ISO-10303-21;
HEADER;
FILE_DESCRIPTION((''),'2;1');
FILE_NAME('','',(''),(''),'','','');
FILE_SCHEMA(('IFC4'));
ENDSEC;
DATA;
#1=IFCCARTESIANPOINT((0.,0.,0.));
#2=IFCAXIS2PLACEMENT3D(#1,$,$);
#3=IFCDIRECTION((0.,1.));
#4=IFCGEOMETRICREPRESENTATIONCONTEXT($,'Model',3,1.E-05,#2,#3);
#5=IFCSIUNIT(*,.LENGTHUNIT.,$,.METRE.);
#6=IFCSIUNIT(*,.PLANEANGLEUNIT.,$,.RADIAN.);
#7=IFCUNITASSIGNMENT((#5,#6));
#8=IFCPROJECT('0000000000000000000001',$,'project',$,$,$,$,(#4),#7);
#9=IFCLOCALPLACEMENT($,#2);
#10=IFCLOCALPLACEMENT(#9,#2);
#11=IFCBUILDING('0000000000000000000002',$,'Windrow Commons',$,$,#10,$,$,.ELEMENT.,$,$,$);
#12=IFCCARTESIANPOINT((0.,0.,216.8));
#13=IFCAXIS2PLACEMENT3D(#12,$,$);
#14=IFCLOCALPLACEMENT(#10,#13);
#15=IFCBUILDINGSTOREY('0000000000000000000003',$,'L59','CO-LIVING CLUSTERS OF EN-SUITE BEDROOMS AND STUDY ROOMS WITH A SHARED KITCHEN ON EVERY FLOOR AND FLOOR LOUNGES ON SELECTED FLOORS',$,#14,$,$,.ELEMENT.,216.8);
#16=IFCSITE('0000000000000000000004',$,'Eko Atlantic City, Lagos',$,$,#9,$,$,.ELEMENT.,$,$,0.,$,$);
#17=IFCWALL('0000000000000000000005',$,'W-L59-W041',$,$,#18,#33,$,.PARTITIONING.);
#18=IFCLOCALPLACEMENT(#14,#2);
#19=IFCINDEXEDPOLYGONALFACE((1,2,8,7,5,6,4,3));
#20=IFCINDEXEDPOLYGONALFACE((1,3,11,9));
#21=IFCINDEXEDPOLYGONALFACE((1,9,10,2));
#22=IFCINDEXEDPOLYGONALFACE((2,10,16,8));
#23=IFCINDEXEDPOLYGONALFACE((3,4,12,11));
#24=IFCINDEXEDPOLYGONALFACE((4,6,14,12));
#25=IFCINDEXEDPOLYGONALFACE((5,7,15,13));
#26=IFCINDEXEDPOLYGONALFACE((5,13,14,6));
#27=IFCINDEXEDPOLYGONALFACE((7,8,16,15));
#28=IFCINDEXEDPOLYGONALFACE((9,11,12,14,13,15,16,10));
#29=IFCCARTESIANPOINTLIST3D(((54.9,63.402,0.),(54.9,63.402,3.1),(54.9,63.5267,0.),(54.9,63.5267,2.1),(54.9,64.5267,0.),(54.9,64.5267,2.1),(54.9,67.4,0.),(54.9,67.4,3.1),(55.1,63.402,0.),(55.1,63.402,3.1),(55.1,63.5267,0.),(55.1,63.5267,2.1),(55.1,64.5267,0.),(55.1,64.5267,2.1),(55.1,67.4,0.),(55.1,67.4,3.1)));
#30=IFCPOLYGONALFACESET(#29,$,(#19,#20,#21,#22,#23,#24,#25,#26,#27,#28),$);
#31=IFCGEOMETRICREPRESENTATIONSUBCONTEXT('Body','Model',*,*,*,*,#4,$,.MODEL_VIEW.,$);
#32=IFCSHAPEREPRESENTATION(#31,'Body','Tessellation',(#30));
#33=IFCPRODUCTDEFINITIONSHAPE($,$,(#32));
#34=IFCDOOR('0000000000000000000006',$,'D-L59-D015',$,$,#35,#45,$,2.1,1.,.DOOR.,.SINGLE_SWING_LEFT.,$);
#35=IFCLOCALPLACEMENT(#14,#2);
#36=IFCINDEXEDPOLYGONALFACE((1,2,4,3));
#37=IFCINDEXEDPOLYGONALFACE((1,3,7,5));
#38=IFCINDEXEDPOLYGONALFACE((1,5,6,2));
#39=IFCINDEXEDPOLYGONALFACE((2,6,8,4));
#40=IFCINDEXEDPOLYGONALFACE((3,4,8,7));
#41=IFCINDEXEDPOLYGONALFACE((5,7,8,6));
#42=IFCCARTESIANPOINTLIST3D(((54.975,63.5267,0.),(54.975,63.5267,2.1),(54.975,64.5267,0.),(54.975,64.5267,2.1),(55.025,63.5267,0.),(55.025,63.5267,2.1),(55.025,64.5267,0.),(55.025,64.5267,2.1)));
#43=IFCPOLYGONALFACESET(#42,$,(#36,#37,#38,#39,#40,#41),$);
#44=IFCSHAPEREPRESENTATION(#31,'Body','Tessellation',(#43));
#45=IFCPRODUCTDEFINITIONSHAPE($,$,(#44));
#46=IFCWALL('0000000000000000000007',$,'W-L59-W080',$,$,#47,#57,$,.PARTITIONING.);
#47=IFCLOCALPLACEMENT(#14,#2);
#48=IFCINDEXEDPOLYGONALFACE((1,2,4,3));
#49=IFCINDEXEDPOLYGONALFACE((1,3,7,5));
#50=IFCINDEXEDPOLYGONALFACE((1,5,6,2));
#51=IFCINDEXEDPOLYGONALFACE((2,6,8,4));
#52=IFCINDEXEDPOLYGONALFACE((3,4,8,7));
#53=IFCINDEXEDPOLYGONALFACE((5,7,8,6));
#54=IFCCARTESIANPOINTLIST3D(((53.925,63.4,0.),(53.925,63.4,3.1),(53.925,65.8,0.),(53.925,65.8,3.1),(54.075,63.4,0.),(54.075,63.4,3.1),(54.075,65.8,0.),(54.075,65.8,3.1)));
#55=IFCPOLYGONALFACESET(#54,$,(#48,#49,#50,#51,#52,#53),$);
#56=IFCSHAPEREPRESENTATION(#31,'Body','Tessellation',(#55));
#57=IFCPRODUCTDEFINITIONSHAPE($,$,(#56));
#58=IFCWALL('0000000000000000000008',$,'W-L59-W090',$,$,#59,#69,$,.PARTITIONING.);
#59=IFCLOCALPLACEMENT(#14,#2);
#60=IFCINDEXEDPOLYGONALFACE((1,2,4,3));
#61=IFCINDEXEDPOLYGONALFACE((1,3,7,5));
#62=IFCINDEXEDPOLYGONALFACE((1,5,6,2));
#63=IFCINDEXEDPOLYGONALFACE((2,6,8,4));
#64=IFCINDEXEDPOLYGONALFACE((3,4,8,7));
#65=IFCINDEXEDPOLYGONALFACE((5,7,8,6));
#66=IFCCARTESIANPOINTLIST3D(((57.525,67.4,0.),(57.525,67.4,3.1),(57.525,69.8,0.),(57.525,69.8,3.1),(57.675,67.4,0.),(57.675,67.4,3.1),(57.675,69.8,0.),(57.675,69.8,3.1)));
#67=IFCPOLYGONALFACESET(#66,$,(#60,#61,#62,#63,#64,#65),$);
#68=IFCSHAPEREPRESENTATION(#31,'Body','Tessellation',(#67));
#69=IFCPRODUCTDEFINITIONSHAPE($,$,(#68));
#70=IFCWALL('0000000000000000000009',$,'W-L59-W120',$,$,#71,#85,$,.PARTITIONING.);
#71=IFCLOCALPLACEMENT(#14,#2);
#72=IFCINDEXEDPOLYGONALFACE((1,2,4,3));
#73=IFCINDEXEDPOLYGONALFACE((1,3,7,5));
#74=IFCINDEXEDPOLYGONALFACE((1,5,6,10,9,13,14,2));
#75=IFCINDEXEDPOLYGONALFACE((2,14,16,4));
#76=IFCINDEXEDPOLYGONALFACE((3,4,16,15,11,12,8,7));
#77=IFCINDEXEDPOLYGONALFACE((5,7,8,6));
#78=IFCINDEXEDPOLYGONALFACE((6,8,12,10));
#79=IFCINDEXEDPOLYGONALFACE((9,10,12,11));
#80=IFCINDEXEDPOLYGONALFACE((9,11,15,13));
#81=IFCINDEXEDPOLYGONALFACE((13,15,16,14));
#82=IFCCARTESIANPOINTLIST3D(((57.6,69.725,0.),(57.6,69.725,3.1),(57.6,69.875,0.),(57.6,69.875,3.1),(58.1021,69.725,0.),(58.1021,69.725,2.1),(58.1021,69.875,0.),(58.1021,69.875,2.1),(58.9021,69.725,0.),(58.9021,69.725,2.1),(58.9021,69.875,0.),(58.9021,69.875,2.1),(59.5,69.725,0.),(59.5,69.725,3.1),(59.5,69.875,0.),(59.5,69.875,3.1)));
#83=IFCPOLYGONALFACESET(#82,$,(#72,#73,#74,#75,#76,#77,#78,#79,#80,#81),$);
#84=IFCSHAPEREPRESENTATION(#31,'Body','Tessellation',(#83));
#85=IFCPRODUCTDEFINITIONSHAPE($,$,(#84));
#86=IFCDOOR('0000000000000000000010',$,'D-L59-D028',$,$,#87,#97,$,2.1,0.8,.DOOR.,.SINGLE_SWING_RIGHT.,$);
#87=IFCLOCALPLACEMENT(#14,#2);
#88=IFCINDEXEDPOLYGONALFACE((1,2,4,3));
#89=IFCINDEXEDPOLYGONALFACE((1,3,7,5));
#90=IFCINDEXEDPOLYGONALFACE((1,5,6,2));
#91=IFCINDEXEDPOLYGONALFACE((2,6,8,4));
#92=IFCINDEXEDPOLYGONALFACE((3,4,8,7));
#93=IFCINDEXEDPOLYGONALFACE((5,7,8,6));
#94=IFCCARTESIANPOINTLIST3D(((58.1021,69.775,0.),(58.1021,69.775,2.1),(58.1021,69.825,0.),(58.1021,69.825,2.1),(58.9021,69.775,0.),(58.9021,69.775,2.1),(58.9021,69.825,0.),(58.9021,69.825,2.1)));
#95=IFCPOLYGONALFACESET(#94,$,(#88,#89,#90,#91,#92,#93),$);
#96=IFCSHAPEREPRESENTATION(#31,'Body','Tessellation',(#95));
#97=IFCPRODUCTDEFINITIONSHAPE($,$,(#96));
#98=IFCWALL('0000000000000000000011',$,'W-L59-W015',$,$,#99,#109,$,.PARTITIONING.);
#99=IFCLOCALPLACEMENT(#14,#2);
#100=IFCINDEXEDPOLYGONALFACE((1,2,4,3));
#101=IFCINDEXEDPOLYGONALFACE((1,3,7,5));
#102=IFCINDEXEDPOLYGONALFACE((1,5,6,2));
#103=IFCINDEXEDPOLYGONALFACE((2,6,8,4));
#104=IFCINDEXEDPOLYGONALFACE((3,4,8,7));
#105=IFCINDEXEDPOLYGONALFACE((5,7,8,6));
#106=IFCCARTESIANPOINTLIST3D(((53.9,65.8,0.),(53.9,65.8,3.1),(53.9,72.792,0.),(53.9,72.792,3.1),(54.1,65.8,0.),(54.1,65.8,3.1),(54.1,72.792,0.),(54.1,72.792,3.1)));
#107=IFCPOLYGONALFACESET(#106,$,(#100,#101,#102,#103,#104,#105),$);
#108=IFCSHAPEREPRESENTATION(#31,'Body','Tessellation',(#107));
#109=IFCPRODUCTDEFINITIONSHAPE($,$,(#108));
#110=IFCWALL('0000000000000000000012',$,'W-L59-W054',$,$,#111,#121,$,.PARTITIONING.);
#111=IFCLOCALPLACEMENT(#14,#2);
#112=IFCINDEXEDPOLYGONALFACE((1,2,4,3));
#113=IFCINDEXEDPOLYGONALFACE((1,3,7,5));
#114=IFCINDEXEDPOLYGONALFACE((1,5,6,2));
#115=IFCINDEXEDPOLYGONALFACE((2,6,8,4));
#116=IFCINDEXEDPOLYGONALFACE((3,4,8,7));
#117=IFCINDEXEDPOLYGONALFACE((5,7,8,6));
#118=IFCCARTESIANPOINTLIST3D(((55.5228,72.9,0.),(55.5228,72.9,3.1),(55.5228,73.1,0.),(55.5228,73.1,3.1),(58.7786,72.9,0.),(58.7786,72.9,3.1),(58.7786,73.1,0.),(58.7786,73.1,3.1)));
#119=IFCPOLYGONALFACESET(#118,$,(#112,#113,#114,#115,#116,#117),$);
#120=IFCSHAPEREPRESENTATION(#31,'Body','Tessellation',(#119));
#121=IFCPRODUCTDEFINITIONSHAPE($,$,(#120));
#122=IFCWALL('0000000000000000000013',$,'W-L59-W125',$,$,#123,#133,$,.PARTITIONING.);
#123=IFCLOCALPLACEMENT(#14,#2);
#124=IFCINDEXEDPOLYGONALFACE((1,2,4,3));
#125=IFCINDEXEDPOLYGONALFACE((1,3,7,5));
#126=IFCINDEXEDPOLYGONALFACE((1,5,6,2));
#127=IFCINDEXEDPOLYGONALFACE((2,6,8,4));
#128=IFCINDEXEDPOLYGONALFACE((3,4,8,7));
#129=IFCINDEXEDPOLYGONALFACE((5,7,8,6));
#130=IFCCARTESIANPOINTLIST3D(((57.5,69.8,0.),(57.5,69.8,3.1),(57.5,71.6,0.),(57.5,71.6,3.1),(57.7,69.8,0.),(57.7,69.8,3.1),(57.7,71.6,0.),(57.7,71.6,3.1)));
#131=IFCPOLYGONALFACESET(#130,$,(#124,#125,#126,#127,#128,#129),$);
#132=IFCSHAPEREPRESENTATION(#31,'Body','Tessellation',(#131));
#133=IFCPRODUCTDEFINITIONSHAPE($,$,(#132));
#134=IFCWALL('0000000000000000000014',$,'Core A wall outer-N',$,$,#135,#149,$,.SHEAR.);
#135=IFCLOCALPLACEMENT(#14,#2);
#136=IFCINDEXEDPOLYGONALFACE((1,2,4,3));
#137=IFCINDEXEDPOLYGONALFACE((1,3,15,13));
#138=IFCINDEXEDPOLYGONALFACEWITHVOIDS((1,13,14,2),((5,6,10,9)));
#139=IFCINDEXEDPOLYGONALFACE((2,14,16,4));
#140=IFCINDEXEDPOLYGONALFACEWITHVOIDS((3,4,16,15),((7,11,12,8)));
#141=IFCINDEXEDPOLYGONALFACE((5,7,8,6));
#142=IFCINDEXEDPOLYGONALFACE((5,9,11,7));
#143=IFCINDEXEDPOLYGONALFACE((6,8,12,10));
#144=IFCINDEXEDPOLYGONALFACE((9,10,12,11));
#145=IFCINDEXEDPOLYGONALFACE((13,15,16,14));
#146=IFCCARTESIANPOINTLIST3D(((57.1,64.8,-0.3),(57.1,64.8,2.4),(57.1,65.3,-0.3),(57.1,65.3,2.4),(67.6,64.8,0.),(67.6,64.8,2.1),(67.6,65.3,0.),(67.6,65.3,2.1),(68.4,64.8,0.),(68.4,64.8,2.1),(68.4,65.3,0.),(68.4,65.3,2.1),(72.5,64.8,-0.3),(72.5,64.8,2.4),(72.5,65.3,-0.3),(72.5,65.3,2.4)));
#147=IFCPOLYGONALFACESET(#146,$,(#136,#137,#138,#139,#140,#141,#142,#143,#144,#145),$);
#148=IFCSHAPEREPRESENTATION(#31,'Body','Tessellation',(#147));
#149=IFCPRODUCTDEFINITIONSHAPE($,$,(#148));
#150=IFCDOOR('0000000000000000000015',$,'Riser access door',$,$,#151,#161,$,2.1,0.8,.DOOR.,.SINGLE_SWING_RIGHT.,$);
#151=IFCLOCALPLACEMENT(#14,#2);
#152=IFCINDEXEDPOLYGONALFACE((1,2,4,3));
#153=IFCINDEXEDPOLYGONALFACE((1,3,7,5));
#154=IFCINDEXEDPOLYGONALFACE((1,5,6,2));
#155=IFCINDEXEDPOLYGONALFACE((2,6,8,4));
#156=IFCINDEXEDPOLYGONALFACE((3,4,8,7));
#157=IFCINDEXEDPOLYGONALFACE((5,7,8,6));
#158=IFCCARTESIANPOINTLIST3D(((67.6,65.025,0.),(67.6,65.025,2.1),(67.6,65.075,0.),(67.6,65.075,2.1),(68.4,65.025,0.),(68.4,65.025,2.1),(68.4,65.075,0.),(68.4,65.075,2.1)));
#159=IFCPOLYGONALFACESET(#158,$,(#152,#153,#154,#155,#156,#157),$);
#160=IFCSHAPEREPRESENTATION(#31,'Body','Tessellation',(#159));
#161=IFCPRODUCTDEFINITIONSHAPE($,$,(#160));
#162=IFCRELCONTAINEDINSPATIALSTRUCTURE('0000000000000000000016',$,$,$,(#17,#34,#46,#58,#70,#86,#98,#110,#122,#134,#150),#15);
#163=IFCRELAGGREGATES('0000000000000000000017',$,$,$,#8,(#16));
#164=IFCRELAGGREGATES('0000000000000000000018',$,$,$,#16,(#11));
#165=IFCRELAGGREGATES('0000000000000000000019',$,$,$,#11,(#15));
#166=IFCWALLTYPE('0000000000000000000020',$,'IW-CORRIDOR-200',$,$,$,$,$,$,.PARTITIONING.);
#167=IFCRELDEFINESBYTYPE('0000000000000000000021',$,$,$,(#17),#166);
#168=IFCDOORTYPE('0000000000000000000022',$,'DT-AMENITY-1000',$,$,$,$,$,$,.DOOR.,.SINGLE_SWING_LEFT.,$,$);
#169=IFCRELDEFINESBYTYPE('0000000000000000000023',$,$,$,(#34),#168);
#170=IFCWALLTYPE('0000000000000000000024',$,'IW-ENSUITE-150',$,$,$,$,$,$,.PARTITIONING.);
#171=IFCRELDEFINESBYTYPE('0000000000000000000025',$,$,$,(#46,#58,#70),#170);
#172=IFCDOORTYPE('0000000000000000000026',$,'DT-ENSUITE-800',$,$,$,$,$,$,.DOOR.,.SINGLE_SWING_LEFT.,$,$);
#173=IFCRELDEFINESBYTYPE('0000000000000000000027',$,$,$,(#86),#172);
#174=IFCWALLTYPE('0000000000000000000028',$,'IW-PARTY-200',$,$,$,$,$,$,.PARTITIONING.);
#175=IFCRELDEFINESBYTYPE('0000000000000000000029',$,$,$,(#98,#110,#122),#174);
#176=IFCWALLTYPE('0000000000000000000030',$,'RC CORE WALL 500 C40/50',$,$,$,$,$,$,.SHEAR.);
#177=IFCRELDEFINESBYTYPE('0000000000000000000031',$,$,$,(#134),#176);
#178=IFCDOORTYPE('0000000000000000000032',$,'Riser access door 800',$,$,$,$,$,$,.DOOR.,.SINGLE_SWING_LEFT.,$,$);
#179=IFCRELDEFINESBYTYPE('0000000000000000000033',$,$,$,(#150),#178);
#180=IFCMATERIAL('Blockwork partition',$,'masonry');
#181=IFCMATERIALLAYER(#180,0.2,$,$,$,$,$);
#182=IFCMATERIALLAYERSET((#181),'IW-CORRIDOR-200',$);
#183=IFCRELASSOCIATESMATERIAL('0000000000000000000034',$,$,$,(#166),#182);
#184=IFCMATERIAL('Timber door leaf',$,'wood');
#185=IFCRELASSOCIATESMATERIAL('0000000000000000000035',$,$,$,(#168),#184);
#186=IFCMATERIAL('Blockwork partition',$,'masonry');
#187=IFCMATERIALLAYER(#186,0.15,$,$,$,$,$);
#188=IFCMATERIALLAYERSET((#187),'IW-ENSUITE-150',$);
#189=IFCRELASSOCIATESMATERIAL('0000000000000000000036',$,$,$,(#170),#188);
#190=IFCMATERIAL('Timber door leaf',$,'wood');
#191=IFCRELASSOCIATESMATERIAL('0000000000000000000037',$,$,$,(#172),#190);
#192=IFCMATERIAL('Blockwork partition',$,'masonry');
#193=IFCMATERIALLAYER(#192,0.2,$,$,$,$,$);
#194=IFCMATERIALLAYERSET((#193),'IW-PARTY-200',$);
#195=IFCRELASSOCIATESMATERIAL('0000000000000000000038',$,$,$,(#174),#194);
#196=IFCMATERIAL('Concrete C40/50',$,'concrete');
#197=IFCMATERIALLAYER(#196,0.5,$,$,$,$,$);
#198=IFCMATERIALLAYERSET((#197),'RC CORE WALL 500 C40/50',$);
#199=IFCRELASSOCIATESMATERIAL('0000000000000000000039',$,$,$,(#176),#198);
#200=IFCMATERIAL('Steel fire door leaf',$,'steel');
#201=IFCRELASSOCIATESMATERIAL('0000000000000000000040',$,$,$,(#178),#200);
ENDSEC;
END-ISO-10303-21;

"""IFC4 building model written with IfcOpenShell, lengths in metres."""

from ifc_helpers import new_model, si_unit, direction, frame, frame_2d, origin, place, context, subcontext, project, spatial, rectangle, extrude, material, layer, layer_set, type_object, element, fill, save


model = new_model("IFC4")

# Units and contexts
model_context = context("Model", 3, precision=1e-05, world=origin(), true_north=direction((0.0, 1.0)))
body_context = subcontext(model_context, "Body", "Model", "MODEL_VIEW")
ifc_project = project(units=[si_unit("LENGTHUNIT", "METRE"), si_unit("PLANEANGLEUNIT", "RADIAN")], contexts=[model_context])

# Site, building, storey
site_placement = place(None, origin())
site = spatial("IfcSite", under=ifc_project, at=site_placement, Name="Eko Atlantic City, Lagos", CompositionType="ELEMENT", RefElevation=0.0)
building_placement = place(site_placement, origin())
building = spatial("IfcBuilding", under=site, at=building_placement, Name="Windrow Commons", CompositionType="ELEMENT")
storey_placement = place(building_placement, frame((0.0, 0.0, 216.8)))
storey = spatial("IfcBuildingStorey", under=building, at=storey_placement, Name="L59", Description="CO-LIVING CLUSTERS OF EN-SUITE BEDROOMS AND STUDY ROOMS WITH A SHARED KITCHEN ON EVERY FLOOR AND FLOOR LOUNGES ON SELECTED FLOORS", CompositionType="ELEMENT", Elevation=216.8)

# Shared definitions
ifc_material_1 = material(Name="Blockwork partition", Category="masonry")
ifc_layer_1 = layer(ifc_material_1, 0.2)
ifc_layer_set_1 = layer_set([ifc_layer_1], Name="IW-CORRIDOR-200")
wall_type_1 = type_object("IfcWallType", Name="IW-CORRIDOR-200", PredefinedType="PARTITIONING", material=ifc_layer_set_1)

# Wall, opening, door
wall_1_placement = place(storey_placement, frame((55.0, 63.402, 0.0), z_axis=(0.0, 0.0, 1.0), x_axis=(0.0, 1.0, 0.0)))
wall_1 = element("IfcWall", 1, at=wall_1_placement, inside=storey, type_object=wall_type_1, Name="W-L59-W041", PredefinedType="PARTITIONING", context=body_context, shape_type="SweptSolid", body=[
    extrude(rectangle(XDim=3.998, YDim=0.2, at=frame_2d((1.999, 0.0))), origin(), (0.0, 0.0, 1.0), 3.1),
])
opening_1_placement = place(wall_1_placement, frame((0.1247, 0.0, 0.0)))
opening_1 = element("IfcOpeningElement", 2, at=opening_1_placement, cuts=wall_1, PredefinedType="OPENING", context=body_context, shape_type="SweptSolid", body=[
    extrude(rectangle(XDim=1.0, YDim=2.1, at=frame_2d((0.5, 1.05))), frame((0.0, 0.11, 0.0), z_axis=(0.0, -1.0, 0.0), x_axis=(1.0, 0.0, 0.0)), (0.0, 0.0, 1.0), 0.22),
])
ifc_material_2 = material(Name="Timber door leaf", Category="wood")
door_type_1 = type_object("IfcDoorType", Name="DT-AMENITY-1000", OperationType="SINGLE_SWING_LEFT", PredefinedType="DOOR", material=ifc_material_2)
door_1_placement = place(opening_1_placement, origin())
door_1 = element("IfcDoor", 3, at=door_1_placement, inside=storey, type_object=door_type_1, Name="D-L59-D015", OperationType="SINGLE_SWING_LEFT", OverallHeight=2.1, OverallWidth=1.0, PredefinedType="DOOR", context=body_context, shape_type="SweptSolid", body=[
    extrude(rectangle(XDim=1.0, YDim=2.1, at=frame_2d((0.5, 1.05))), frame((0.0, 0.025, 0.0), z_axis=(0.0, -1.0, 0.0), x_axis=(1.0, 0.0, 0.0)), (0.0, 0.0, 1.0), 0.05),
])
fill(opening_1, door_1)

# Walls
ifc_material_3 = material(Name="Blockwork partition", Category="masonry")
ifc_layer_2 = layer(ifc_material_3, 0.15)
ifc_layer_set_2 = layer_set([ifc_layer_2], Name="IW-ENSUITE-150")
wall_type_2 = type_object("IfcWallType", Name="IW-ENSUITE-150", PredefinedType="PARTITIONING", material=ifc_layer_set_2)
for number, where, z_axis, x_axis, name in (
    (4, (54.0, 63.4, 0.0), (0.0, 0.0, 1.0), (0.0, 1.0, 0.0), "W-L59-W080"),
    (5, (57.6, 67.4, 0.0), (0.0, 0.0, 1.0), (0.0, 1.0, 0.0), "W-L59-W090"),
):
    element("IfcWall", number, at=place(storey_placement, frame(where, z_axis=z_axis, x_axis=x_axis)), inside=storey, type_object=wall_type_2, Name=name, PredefinedType="PARTITIONING", context=body_context, shape_type="SweptSolid", body=[
        extrude(rectangle(XDim=2.4, YDim=0.15, at=frame_2d((1.2, 0.0))), origin(), (0.0, 0.0, 1.0), 3.1),
    ])

# Wall, opening, door
wall_2_placement = place(storey_placement, frame((57.6, 69.8, 0.0), z_axis=(0.0, 0.0, 1.0), x_axis=(1.0, 0.0, 0.0)))
wall_2 = element("IfcWall", 6, at=wall_2_placement, inside=storey, type_object=wall_type_2, Name="W-L59-W120", PredefinedType="PARTITIONING", context=body_context, shape_type="SweptSolid", body=[
    extrude(rectangle(XDim=1.9, YDim=0.15, at=frame_2d((0.95, 0.0))), origin(), (0.0, 0.0, 1.0), 3.1),
])
opening_2_placement = place(wall_2_placement, frame((0.5021, 0.0, 0.0)))
opening_2 = element("IfcOpeningElement", 7, at=opening_2_placement, cuts=wall_2, PredefinedType="OPENING", context=body_context, shape_type="SweptSolid", body=[
    extrude(rectangle(XDim=0.8, YDim=2.1, at=frame_2d((0.4, 1.05))), frame((0.0, 0.085, 0.0), z_axis=(0.0, -1.0, 0.0), x_axis=(1.0, 0.0, 0.0)), (0.0, 0.0, 1.0), 0.17),
])
ifc_material_4 = material(Name="Timber door leaf", Category="wood")
door_type_2 = type_object("IfcDoorType", Name="DT-ENSUITE-800", OperationType="SINGLE_SWING_LEFT", PredefinedType="DOOR", material=ifc_material_4)
door_2_placement = place(opening_2_placement, origin())
door_2 = element("IfcDoor", 8, at=door_2_placement, inside=storey, type_object=door_type_2, Name="D-L59-D028", OperationType="SINGLE_SWING_RIGHT", OverallHeight=2.1, OverallWidth=0.8, PredefinedType="DOOR", context=body_context, shape_type="SweptSolid", body=[
    extrude(rectangle(XDim=0.8, YDim=2.1, at=frame_2d((0.4, 1.05))), frame((0.0, 0.025, 0.0), z_axis=(0.0, -1.0, 0.0), x_axis=(1.0, 0.0, 0.0)), (0.0, 0.0, 1.0), 0.05),
])
fill(opening_2, door_2)

# Walls
ifc_material_5 = material(Name="Blockwork partition", Category="masonry")
ifc_layer_3 = layer(ifc_material_5, 0.2)
ifc_layer_set_3 = layer_set([ifc_layer_3], Name="IW-PARTY-200")
wall_type_3 = type_object("IfcWallType", Name="IW-PARTY-200", PredefinedType="PARTITIONING", material=ifc_layer_set_3)
wall_3_placement = place(storey_placement, frame((54.0, 65.8, 0.0), z_axis=(0.0, 0.0, 1.0), x_axis=(0.0, 1.0, 0.0)))
element("IfcWall", 9, at=wall_3_placement, inside=storey, type_object=wall_type_3, Name="W-L59-W015", PredefinedType="PARTITIONING", context=body_context, shape_type="SweptSolid", body=[
    extrude(rectangle(XDim=6.9919, YDim=0.2, at=frame_2d((3.496, 0.0))), origin(), (0.0, 0.0, 1.0), 3.1),
])
wall_4_placement = place(storey_placement, frame((55.5228, 73.0, 0.0), z_axis=(0.0, 0.0, 1.0), x_axis=(1.0, 0.0, 0.0)))
element("IfcWall", 10, at=wall_4_placement, inside=storey, type_object=wall_type_3, Name="W-L59-W054", PredefinedType="PARTITIONING", context=body_context, shape_type="SweptSolid", body=[
    extrude(rectangle(XDim=3.2557, YDim=0.2, at=frame_2d((1.6279, 0.0))), origin(), (0.0, 0.0, 1.0), 3.1),
])
wall_5_placement = place(storey_placement, frame((57.6, 69.8, 0.0), z_axis=(0.0, 0.0, 1.0), x_axis=(0.0, 1.0, 0.0)))
element("IfcWall", 11, at=wall_5_placement, inside=storey, type_object=wall_type_3, Name="W-L59-W125", PredefinedType="PARTITIONING", context=body_context, shape_type="SweptSolid", body=[
    extrude(rectangle(XDim=1.8, YDim=0.2, at=frame_2d((0.9, 0.0))), origin(), (0.0, 0.0, 1.0), 3.1),
])

# Wall, opening, door
ifc_material_6 = material(Name="Concrete C40/50", Category="concrete")
ifc_layer_4 = layer(ifc_material_6, 0.5)
ifc_layer_set_4 = layer_set([ifc_layer_4], Name="RC CORE WALL 500 C40/50")
wall_type_4 = type_object("IfcWallType", Name="RC CORE WALL 500 C40/50", PredefinedType="SHEAR", material=ifc_layer_set_4)
wall_6_placement = place(storey_placement, frame((57.1, 65.05, -0.3), z_axis=(0.0, 0.0, 1.0), x_axis=(1.0, 0.0, 0.0)))
wall_6 = element("IfcWall", 12, at=wall_6_placement, inside=storey, type_object=wall_type_4, Name="Core A wall outer-N", PredefinedType="SHEAR", context=body_context, shape_type="SweptSolid", body=[
    extrude(rectangle(XDim=15.4, YDim=0.5, at=frame_2d((7.7, 0.0))), origin(), (0.0, 0.0, 1.0), 2.7),
])
opening_3_placement = place(wall_6_placement, frame((10.5, 0.0, 0.3)))
opening_3 = element("IfcOpeningElement", 13, at=opening_3_placement, cuts=wall_6, PredefinedType="OPENING", context=body_context, shape_type="SweptSolid", body=[
    extrude(rectangle(XDim=0.8, YDim=2.1, at=frame_2d((0.4, 1.05))), frame((0.0, 0.26, 0.0), z_axis=(0.0, -1.0, 0.0), x_axis=(1.0, 0.0, 0.0)), (0.0, 0.0, 1.0), 0.52),
])
ifc_material_7 = material(Name="Steel fire door leaf", Category="steel")
door_type_3 = type_object("IfcDoorType", Name="Riser access door 800", OperationType="SINGLE_SWING_LEFT", PredefinedType="DOOR", material=ifc_material_7)
door_3_placement = place(opening_3_placement, origin())
door_3 = element("IfcDoor", 14, at=door_3_placement, inside=storey, type_object=door_type_3, Name="Riser access door", OperationType="SINGLE_SWING_RIGHT", OverallHeight=2.1, OverallWidth=0.8, PredefinedType="DOOR", context=body_context, shape_type="SweptSolid", body=[
    extrude(rectangle(XDim=0.8, YDim=2.1, at=frame_2d((0.4, 1.05))), frame((0.0, 0.025, 0.0), z_axis=(0.0, -1.0, 0.0), x_axis=(1.0, 0.0, 0.0)), (0.0, 0.0, 1.0), 0.05),
])
fill(opening_3, door_3)

save(model, "model.ifc")
